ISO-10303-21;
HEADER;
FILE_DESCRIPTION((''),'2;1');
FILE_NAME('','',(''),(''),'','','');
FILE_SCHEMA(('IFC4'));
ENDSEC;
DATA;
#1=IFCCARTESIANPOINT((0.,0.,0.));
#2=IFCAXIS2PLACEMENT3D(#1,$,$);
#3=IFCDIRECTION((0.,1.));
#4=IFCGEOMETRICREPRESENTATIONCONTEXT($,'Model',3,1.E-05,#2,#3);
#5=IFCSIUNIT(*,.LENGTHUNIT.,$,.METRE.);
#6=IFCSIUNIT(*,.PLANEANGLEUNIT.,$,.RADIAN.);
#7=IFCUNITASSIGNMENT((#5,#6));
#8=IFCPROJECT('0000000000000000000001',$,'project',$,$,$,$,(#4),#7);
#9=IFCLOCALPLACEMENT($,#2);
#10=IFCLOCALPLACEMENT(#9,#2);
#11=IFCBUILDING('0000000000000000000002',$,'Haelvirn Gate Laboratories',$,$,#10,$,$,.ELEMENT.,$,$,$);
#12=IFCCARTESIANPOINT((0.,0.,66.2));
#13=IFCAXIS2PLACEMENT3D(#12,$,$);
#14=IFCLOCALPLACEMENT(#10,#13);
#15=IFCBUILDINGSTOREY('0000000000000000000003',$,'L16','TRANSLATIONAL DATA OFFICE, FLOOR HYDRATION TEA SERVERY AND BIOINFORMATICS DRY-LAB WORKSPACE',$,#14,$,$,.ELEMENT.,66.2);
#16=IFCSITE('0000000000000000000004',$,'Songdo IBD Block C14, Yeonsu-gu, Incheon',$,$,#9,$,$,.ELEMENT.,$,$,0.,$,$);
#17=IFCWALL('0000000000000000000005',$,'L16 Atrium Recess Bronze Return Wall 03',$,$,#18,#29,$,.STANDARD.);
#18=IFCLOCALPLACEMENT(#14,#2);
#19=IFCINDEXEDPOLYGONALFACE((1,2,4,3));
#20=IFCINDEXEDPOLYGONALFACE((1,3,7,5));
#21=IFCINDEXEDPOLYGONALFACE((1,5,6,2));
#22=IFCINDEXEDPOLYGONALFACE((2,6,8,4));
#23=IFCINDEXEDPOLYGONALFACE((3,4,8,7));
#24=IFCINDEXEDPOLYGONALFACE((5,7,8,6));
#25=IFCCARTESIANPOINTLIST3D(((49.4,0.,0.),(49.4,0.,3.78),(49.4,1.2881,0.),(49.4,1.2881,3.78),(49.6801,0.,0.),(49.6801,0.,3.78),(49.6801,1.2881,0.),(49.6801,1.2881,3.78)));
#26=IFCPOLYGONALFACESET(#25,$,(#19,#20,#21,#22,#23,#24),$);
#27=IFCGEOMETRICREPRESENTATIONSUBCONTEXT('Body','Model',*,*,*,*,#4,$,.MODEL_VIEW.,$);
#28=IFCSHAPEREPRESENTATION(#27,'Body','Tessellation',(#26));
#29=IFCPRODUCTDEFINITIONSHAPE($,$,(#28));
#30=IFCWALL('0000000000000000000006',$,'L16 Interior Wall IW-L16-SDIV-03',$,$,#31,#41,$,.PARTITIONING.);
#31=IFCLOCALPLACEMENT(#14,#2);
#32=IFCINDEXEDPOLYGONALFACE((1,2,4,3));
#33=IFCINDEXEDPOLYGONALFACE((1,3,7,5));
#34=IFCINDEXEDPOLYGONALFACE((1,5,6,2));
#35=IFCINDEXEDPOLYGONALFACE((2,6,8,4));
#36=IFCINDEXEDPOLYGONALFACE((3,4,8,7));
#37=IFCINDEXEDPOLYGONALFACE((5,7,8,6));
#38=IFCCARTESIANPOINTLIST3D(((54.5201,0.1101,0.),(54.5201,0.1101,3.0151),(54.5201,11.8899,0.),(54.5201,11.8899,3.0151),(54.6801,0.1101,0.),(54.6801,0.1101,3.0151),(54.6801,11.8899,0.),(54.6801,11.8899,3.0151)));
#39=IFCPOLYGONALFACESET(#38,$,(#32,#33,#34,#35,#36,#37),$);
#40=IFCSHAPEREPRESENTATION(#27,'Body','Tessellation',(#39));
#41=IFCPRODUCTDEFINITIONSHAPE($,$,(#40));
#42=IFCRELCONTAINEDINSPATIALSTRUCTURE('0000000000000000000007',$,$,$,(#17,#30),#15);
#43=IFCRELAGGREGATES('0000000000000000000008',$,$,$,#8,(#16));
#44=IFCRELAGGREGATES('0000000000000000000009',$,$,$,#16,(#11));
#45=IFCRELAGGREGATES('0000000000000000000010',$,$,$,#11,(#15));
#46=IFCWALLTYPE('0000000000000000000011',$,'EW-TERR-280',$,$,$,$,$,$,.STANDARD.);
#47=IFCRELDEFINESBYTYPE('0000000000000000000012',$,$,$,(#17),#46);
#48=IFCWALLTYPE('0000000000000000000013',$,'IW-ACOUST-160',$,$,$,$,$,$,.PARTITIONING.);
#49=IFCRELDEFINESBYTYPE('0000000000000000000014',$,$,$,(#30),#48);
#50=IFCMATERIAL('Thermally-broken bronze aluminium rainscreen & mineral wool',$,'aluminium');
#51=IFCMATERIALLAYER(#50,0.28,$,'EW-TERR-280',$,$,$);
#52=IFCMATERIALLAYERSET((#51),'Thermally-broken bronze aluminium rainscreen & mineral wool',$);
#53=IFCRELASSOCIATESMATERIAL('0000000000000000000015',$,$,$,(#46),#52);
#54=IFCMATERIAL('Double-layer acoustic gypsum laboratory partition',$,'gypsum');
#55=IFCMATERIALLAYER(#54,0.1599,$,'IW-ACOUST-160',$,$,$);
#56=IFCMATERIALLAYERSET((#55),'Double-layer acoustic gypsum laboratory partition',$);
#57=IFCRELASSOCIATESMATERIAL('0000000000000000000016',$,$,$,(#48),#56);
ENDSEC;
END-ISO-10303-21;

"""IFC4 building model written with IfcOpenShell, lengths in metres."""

from ifc_helpers import new_model, si_unit, direction, frame, frame_2d, origin, place, context, subcontext, project, spatial, rectangle, extrude, material, layer, layer_set, type_object, element, save


model = new_model("IFC4")

# Units and contexts
model_context = context("Model", 3, precision=1e-05, world=origin(), true_north=direction((0.0, 1.0)))
body_context = subcontext(model_context, "Body", "Model", "MODEL_VIEW")
ifc_project = project(units=[si_unit("LENGTHUNIT", "METRE"), si_unit("PLANEANGLEUNIT", "RADIAN")], contexts=[model_context])

# Site, building, storey
site_placement = place(None, origin())
site = spatial("IfcSite", under=ifc_project, at=site_placement, Name="Songdo IBD Block C14, Yeonsu-gu, Incheon", CompositionType="ELEMENT", RefElevation=0.0)
building_placement = place(site_placement, origin())
building = spatial("IfcBuilding", under=site, at=building_placement, Name="Haelvirn Gate Laboratories", CompositionType="ELEMENT")
storey_placement = place(building_placement, frame((0.0, 0.0, 66.2)))
storey = spatial("IfcBuildingStorey", under=building, at=storey_placement, Name="L16", Description="TRANSLATIONAL DATA OFFICE, FLOOR HYDRATION TEA SERVERY AND BIOINFORMATICS DRY-LAB WORKSPACE", CompositionType="ELEMENT", Elevation=66.2)

# Walls
ifc_material_1 = material(Name="Thermally-broken bronze aluminium rainscreen & mineral wool", Category="aluminium")
ifc_layer_1 = layer(ifc_material_1, 0.28, Name="EW-TERR-280")
ifc_layer_set_1 = layer_set([ifc_layer_1], Name="Thermally-broken bronze aluminium rainscreen & mineral wool")
wall_type_1 = type_object("IfcWallType", Name="EW-TERR-280", PredefinedType="STANDARD", material=ifc_layer_set_1)
wall_1_placement = place(storey_placement, frame((49.54, 1.2881, 0.0), z_axis=(0.0, 0.0, 1.0), x_axis=(0.0, -1.0, 0.0)))
element("IfcWall", 1, at=wall_1_placement, inside=storey, type_object=wall_type_1, Name="L16 Atrium Recess Bronze Return Wall 03", PredefinedType="STANDARD", context=body_context, shape_type="SweptSolid", body=[
    extrude(rectangle(XDim=1.2881, YDim=0.28, at=frame_2d((0.644, 0.0))), origin(), (0.0, 0.0, 1.0), 3.78),
])
ifc_material_2 = material(Name="Double-layer acoustic gypsum laboratory partition", Category="gypsum")
ifc_layer_2 = layer(ifc_material_2, 0.1599, Name="IW-ACOUST-160")
ifc_layer_set_2 = layer_set([ifc_layer_2], Name="Double-layer acoustic gypsum laboratory partition")
wall_type_2 = type_object("IfcWallType", Name="IW-ACOUST-160", PredefinedType="PARTITIONING", material=ifc_layer_set_2)
wall_2_placement = place(storey_placement, frame((54.6001, 0.1101, 0.0), z_axis=(0.0, 0.0, 1.0), x_axis=(0.0, 1.0, 0.0)))
element("IfcWall", 2, at=wall_2_placement, inside=storey, type_object=wall_type_2, Name="L16 Interior Wall IW-L16-SDIV-03", PredefinedType="PARTITIONING", context=body_context, shape_type="SweptSolid", body=[
    extrude(rectangle(XDim=11.7798, YDim=0.1599, at=frame_2d((5.8899, 0.0))), origin(), (0.0, 0.0, 1.0), 3.0151),
])

save(model, "model.ifc")
